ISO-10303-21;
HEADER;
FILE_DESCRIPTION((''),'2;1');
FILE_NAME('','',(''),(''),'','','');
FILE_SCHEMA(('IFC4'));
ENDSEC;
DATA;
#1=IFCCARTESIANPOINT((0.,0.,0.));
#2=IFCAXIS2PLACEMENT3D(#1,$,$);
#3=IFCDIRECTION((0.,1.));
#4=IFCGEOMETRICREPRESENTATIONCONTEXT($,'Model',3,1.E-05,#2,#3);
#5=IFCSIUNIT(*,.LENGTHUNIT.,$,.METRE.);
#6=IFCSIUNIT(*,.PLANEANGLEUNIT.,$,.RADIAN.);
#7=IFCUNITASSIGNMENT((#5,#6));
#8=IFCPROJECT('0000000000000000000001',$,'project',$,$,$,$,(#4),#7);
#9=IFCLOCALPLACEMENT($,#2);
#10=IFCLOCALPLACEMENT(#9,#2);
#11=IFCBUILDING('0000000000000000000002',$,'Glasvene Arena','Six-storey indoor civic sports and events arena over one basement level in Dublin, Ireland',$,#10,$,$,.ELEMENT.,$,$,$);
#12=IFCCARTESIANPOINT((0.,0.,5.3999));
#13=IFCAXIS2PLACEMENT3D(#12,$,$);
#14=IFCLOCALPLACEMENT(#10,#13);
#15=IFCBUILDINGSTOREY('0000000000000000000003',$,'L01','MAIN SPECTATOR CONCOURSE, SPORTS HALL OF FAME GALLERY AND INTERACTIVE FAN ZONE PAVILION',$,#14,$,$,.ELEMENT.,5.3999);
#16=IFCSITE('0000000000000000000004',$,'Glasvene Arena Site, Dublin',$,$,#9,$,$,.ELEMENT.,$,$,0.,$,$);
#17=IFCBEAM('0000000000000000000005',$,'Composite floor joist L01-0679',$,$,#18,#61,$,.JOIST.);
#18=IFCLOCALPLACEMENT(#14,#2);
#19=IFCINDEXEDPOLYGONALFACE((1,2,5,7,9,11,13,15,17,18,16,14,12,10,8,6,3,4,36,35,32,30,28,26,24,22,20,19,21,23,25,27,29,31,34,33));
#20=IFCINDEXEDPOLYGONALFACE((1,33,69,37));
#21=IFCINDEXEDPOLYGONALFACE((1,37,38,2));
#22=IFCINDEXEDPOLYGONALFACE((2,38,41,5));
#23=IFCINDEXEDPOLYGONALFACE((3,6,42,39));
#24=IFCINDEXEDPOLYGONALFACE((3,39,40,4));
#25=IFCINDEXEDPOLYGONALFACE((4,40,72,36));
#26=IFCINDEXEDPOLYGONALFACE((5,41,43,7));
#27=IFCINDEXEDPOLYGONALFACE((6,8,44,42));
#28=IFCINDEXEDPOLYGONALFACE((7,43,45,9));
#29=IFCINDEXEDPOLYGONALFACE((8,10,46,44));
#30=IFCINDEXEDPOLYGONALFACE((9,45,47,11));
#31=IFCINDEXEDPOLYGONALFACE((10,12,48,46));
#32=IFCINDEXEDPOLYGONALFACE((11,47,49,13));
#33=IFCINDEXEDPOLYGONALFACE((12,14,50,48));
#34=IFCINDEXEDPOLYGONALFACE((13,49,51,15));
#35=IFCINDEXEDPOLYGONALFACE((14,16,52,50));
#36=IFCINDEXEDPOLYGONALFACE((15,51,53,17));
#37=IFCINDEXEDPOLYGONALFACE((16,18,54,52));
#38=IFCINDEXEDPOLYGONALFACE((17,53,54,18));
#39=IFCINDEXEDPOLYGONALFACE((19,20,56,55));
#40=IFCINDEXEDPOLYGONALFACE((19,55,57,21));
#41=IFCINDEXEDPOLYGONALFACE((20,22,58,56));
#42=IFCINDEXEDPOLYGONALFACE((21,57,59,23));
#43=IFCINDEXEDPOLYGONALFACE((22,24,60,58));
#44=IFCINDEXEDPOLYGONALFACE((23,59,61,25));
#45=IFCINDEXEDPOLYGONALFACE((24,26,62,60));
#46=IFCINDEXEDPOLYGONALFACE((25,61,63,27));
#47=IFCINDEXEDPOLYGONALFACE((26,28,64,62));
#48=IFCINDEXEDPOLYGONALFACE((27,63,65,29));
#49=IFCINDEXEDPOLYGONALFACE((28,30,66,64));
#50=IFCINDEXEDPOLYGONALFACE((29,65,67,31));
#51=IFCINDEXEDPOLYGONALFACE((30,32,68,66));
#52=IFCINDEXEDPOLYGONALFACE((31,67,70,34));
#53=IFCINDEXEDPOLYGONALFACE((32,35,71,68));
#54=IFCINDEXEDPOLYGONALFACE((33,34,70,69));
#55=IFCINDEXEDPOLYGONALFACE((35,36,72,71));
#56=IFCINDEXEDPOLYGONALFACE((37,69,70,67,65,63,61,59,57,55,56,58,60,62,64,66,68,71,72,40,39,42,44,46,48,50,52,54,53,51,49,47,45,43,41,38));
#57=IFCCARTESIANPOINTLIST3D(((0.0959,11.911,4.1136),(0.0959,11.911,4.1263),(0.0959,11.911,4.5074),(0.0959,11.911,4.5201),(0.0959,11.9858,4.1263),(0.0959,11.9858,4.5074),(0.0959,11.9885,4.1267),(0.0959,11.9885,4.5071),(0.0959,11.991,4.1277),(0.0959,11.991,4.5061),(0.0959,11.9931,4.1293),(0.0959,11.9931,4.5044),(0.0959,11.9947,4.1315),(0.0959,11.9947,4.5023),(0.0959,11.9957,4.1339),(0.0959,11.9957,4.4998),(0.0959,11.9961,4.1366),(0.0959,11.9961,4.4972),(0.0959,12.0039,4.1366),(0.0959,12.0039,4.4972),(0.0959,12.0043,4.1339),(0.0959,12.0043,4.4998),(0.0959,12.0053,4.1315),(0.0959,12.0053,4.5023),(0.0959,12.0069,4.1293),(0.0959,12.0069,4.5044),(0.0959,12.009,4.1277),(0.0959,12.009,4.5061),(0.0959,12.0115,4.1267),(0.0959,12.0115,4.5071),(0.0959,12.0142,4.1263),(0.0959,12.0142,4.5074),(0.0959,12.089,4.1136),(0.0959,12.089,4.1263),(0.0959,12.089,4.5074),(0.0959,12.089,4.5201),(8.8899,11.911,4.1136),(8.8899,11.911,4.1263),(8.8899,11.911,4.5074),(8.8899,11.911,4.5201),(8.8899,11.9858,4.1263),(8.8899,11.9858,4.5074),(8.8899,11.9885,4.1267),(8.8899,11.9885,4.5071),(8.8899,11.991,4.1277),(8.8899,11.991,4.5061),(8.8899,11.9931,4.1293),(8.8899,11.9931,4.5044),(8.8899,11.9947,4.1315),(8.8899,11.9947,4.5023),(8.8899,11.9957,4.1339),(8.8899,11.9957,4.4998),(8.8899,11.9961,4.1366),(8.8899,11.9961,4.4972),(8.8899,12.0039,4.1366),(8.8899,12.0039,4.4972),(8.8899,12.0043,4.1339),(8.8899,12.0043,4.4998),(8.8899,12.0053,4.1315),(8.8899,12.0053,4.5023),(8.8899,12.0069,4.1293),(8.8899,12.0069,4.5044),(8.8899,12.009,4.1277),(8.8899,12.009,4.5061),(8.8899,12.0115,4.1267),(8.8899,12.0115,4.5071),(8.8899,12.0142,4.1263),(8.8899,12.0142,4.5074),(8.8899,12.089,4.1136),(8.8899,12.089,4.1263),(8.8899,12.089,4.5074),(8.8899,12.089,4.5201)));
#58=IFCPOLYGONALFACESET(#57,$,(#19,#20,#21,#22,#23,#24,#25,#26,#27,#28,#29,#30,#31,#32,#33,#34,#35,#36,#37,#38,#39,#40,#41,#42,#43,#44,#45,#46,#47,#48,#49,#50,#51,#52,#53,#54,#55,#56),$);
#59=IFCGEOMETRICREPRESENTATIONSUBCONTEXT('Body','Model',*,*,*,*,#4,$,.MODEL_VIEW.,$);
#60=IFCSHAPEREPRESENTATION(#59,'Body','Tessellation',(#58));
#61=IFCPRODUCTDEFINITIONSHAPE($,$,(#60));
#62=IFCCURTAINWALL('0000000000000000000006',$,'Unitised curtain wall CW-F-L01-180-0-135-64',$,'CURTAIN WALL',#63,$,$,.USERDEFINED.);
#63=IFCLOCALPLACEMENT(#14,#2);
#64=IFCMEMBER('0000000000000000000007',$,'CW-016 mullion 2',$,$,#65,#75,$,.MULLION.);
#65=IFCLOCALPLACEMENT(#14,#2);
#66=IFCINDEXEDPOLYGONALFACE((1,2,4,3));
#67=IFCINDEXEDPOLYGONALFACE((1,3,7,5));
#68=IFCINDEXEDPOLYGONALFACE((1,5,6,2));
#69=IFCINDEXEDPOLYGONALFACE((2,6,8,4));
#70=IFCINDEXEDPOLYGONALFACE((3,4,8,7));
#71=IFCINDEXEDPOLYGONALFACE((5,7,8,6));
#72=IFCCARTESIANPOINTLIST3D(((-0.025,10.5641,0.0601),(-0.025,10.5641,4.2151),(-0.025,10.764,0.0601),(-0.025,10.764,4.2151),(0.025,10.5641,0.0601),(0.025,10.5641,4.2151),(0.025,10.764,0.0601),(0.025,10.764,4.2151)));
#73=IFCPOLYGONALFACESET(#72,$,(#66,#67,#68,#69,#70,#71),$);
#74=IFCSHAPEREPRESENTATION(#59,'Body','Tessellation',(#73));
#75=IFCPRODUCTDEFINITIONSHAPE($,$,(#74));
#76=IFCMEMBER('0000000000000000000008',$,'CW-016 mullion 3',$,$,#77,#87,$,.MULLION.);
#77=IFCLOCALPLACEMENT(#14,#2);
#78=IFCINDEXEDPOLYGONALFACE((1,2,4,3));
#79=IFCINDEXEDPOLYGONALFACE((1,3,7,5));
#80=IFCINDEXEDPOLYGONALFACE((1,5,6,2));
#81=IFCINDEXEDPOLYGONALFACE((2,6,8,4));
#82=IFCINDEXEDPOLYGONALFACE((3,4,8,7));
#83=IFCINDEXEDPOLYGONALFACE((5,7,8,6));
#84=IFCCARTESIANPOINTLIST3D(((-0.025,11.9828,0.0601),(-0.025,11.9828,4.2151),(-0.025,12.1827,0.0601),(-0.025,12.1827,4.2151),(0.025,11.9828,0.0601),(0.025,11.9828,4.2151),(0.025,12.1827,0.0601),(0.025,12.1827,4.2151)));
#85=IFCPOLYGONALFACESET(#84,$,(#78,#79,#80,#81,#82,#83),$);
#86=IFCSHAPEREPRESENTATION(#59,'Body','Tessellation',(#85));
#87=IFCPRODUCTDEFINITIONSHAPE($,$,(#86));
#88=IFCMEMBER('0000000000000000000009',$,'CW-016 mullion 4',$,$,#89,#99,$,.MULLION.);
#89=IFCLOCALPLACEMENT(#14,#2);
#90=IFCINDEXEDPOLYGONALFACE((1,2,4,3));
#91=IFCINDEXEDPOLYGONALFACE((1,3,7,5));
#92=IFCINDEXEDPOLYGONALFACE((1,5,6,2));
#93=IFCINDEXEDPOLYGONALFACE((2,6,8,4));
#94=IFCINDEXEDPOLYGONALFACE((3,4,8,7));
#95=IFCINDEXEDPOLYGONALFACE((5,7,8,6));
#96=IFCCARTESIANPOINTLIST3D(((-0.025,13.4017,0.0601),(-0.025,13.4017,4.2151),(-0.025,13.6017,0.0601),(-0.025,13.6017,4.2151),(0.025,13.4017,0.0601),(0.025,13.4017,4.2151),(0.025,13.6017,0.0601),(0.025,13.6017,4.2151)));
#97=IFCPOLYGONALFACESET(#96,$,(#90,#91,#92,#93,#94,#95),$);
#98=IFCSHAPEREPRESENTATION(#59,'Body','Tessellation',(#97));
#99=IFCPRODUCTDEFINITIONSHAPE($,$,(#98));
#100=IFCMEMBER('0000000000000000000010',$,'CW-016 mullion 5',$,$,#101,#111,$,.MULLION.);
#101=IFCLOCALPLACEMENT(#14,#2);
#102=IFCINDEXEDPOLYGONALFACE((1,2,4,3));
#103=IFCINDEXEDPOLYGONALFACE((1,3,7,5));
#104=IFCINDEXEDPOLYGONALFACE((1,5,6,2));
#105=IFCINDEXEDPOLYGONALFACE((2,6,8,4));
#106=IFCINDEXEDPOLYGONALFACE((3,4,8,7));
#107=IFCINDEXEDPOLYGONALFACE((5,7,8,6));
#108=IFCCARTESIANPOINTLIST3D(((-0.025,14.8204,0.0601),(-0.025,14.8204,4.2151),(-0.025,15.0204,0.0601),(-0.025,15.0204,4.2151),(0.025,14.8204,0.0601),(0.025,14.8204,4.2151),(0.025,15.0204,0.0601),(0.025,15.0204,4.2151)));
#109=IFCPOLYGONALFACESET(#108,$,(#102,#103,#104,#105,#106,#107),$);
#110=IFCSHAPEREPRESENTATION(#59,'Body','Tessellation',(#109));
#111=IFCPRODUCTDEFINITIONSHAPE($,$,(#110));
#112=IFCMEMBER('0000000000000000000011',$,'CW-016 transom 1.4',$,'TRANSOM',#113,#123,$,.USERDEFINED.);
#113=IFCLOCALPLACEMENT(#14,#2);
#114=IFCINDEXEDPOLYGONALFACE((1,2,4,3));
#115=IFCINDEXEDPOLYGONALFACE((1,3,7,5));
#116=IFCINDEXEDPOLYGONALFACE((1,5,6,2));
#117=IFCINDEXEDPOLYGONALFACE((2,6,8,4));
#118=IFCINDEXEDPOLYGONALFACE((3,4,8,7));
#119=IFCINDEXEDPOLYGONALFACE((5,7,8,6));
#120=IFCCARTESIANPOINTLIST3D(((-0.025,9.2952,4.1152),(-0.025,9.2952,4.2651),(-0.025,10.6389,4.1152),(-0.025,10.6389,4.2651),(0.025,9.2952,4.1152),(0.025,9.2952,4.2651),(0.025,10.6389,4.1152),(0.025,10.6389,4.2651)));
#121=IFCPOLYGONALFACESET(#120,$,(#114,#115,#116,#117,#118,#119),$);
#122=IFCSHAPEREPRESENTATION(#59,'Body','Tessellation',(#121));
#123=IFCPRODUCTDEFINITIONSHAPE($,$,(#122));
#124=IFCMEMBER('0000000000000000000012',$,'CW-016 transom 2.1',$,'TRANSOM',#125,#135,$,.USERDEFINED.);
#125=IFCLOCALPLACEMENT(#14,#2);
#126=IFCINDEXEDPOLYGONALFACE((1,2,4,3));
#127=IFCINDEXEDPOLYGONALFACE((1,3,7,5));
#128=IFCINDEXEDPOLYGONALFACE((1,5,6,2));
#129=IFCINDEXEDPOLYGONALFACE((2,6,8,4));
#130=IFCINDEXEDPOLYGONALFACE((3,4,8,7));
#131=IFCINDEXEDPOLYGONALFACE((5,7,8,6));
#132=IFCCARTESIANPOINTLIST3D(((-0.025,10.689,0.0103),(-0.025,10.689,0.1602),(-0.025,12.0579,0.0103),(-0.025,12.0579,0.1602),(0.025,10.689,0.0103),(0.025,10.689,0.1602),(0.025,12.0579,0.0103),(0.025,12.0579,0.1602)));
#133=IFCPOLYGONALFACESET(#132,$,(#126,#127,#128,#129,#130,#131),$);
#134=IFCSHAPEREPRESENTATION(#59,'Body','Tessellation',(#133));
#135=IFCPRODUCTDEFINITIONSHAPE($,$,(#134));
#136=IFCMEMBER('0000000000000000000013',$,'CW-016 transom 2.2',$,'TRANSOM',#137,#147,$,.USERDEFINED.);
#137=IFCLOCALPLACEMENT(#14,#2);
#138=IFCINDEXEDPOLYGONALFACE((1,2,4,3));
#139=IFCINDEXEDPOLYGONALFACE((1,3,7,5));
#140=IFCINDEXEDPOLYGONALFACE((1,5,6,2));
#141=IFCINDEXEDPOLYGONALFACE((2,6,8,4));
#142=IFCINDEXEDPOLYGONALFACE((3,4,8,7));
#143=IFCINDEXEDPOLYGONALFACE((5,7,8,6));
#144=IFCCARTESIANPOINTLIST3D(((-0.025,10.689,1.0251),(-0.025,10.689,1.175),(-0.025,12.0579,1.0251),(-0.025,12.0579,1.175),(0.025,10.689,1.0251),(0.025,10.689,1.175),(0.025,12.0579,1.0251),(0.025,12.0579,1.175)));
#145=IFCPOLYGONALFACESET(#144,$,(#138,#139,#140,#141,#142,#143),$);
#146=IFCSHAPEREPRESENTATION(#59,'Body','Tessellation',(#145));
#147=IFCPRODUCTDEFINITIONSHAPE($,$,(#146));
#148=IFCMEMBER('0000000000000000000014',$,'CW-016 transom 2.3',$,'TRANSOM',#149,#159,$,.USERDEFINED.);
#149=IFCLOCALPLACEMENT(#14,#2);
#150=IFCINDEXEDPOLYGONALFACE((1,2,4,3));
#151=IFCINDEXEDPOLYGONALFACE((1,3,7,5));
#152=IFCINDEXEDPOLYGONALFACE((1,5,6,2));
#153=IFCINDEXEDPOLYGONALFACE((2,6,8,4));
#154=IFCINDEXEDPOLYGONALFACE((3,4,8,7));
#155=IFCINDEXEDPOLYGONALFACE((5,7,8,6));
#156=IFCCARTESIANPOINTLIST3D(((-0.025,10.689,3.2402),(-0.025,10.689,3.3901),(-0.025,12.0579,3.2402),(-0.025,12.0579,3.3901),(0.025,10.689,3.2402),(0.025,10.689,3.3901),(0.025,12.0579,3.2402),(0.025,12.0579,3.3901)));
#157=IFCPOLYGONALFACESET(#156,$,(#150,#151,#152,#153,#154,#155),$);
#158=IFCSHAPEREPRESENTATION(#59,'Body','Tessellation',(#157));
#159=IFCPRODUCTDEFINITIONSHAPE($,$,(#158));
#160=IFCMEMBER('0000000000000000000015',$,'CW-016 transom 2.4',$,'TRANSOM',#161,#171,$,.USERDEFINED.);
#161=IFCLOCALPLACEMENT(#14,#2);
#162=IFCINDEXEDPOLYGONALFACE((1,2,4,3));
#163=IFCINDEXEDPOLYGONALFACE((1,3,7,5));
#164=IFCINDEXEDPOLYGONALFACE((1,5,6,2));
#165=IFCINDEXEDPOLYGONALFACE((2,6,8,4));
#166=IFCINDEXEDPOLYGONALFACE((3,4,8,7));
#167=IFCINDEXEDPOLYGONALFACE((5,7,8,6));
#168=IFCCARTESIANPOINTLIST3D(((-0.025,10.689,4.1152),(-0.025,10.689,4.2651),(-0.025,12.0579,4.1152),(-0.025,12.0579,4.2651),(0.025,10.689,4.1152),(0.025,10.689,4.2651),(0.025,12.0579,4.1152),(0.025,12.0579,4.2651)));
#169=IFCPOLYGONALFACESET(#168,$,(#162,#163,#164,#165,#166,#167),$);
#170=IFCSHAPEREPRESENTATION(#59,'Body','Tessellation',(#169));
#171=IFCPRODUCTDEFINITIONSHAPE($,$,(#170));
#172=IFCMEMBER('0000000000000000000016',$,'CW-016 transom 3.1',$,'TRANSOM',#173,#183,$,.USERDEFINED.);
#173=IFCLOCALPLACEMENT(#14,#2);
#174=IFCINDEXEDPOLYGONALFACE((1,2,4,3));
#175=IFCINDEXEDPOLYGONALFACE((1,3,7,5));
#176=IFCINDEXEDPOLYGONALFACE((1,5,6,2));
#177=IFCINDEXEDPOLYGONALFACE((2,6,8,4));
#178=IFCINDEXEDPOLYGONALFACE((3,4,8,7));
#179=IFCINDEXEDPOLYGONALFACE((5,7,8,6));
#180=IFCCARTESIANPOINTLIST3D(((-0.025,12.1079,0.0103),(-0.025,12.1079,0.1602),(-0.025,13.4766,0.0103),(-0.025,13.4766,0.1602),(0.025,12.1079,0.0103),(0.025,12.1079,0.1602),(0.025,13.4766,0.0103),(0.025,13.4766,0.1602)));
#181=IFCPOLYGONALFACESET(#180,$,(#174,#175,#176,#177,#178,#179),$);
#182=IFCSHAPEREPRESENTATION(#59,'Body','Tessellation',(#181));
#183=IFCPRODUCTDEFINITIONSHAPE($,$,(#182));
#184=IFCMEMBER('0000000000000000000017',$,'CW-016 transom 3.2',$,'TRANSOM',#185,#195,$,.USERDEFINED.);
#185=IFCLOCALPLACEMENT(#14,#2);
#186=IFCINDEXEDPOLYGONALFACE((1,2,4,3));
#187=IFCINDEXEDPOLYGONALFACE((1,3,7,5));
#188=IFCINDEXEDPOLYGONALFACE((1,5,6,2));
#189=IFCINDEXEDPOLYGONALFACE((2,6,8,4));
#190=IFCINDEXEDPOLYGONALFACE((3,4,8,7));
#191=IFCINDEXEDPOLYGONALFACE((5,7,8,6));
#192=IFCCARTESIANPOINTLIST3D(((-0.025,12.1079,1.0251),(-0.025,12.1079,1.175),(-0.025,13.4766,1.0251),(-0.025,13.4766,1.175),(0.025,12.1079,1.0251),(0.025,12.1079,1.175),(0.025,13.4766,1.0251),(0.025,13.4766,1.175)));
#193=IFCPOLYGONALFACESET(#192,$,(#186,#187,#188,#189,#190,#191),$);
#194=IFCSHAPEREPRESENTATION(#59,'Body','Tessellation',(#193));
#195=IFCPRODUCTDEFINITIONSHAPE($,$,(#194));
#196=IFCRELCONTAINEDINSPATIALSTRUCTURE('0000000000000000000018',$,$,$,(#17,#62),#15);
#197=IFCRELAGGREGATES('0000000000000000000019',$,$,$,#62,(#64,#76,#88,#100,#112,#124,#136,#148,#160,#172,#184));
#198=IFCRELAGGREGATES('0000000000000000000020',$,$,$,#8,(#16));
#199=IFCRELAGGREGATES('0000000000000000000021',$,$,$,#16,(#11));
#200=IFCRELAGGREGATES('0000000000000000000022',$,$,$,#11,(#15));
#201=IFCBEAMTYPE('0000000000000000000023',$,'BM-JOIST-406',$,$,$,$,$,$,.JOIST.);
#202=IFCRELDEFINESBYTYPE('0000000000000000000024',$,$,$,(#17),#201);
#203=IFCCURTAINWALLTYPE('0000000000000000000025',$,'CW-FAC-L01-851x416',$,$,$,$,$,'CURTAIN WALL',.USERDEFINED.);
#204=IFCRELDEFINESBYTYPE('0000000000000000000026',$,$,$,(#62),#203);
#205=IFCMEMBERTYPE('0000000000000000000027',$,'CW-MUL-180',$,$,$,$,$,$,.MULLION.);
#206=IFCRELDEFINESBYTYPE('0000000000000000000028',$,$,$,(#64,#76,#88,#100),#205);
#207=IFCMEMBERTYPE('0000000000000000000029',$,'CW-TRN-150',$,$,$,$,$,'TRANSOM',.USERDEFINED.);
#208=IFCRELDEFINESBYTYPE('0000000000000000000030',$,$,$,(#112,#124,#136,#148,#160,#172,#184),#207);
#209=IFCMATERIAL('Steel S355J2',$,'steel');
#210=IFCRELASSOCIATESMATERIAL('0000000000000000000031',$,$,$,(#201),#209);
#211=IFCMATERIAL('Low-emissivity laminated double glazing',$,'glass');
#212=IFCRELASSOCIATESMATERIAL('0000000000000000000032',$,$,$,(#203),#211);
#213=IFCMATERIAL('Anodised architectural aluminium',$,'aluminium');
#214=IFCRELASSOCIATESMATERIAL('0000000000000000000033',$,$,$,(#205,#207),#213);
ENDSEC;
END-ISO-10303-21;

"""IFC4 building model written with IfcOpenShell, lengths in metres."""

from ifc_helpers import new_model, si_unit, direction, frame, origin, origin_2d, place, context, subcontext, project, spatial, rectangle, i_section, extrude, material, material_profile, profile_set, type_object, element, aggregate, save


model = new_model("IFC4")

# Units and contexts
model_context = context("Model", 3, precision=1e-05, world=origin(), true_north=direction((0.0, 1.0)))
body_context = subcontext(model_context, "Body", "Model", "MODEL_VIEW")
ifc_project = project(units=[si_unit("LENGTHUNIT", "METRE"), si_unit("PLANEANGLEUNIT", "RADIAN")], contexts=[model_context])

# Site, building, storey
site_placement = place(None, origin())
site = spatial("IfcSite", under=ifc_project, at=site_placement, Name="Glasvene Arena Site, Dublin", CompositionType="ELEMENT", RefElevation=0.0)
building_placement = place(site_placement, origin())
building = spatial("IfcBuilding", under=site, at=building_placement, Name="Glasvene Arena", Description="Six-storey indoor civic sports and events arena over one basement level in Dublin, Ireland", CompositionType="ELEMENT")
storey_placement = place(building_placement, frame((0.0, 0.0, 5.3999)))
storey = spatial("IfcBuildingStorey", under=building, at=storey_placement, Name="L01", Description="MAIN SPECTATOR CONCOURSE, SPORTS HALL OF FAME GALLERY AND INTERACTIVE FAN ZONE PAVILION", CompositionType="ELEMENT", Elevation=5.3999)

# Beam
ifc_material_1 = material(Name="Steel S355J2", Category="steel")
ifc_material_profile_1 = material_profile(ifc_material_1, i_section(OverallWidth=0.178, OverallDepth=0.4065, WebThickness=0.0078, FlangeThickness=0.0127, FilletRadius=0.0103, at=origin_2d()), Name="UKB 406x178x60")
ifc_profile_set_1 = profile_set([ifc_material_profile_1], Name="Steel S355J2")
beam_type = type_object("IfcBeamType", Name="BM-JOIST-406", PredefinedType="JOIST", material=ifc_profile_set_1)
beam_placement = place(storey_placement, frame((0.0959, 12.0, 4.3169), z_axis=(1.0, 0.0, 0.0), x_axis=(0.0, 1.0, 0.0)))
element("IfcBeam", 1, at=beam_placement, inside=storey, type_object=beam_type, Name="Composite floor joist L01-0679", PredefinedType="JOIST", context=body_context, shape_type="SweptSolid", body=[
    extrude(i_section(OverallWidth=0.178, OverallDepth=0.4065, WebThickness=0.0078, FlangeThickness=0.0127, FilletRadius=0.0103, at=origin_2d()), origin(), (0.0, 0.0, 1.0), 8.7939),
])

# Curtain wall, members
ifc_material_2 = material(Name="Low-emissivity laminated double glazing", Category="glass")
curtain_wall_type = type_object("IfcCurtainWallType", Name="CW-FAC-L01-851x416", ElementType="CURTAIN WALL", PredefinedType="USERDEFINED", material=ifc_material_2)
curtain_wall_placement = place(storey_placement, frame((0.0, 9.2451, 0.0)))
curtain_wall = element("IfcCurtainWall", 2, at=curtain_wall_placement, inside=storey, type_object=curtain_wall_type, Name="Unitised curtain wall CW-F-L01-180-0-135-64", ObjectType="CURTAIN WALL", PredefinedType="USERDEFINED")
ifc_material_3 = material(Name="Anodised architectural aluminium", Category="aluminium")
ifc_material_profile_2 = material_profile(ifc_material_3, rectangle(XDim=0.05, YDim=0.2, at=origin_2d()), Name="ALU MULLION 50x200")
ifc_profile_set_2 = profile_set([ifc_material_profile_2], Name="Anodised architectural aluminium")
member_type_1 = type_object("IfcMemberType", Name="CW-MUL-180", PredefinedType="MULLION", material=ifc_profile_set_2)
member_1_placement = place(storey_placement, frame((0.0, 10.6641, 0.0601), z_axis=(0.0, 0.0, 1.0), x_axis=(-1.0, 0.0, 0.0)))
member_1 = element("IfcMember", 3, at=member_1_placement, type_object=member_type_1, Name="CW-016 mullion 2", PredefinedType="MULLION", context=body_context, shape_type="SweptSolid", body=[
    extrude(rectangle(XDim=0.05, YDim=0.2, at=origin_2d()), origin(), (0.0, 0.0, 1.0), 4.155),
])
member_2_placement = place(storey_placement, frame((0.0, 12.0828, 0.0601), z_axis=(0.0, 0.0, 1.0), x_axis=(-1.0, 0.0, 0.0)))
member_2 = element("IfcMember", 4, at=member_2_placement, type_object=member_type_1, Name="CW-016 mullion 3", PredefinedType="MULLION", context=body_context, shape_type="SweptSolid", body=[
    extrude(rectangle(XDim=0.05, YDim=0.2, at=origin_2d()), origin(), (0.0, 0.0, 1.0), 4.155),
])
member_3_placement = place(storey_placement, frame((0.0, 13.5017, 0.0601), z_axis=(0.0, 0.0, 1.0), x_axis=(-1.0, 0.0, 0.0)))
member_3 = element("IfcMember", 5, at=member_3_placement, type_object=member_type_1, Name="CW-016 mullion 4", PredefinedType="MULLION", context=body_context, shape_type="SweptSolid", body=[
    extrude(rectangle(XDim=0.05, YDim=0.2, at=origin_2d()), origin(), (0.0, 0.0, 1.0), 4.155),
])
member_4_placement = place(storey_placement, frame((0.0, 14.9204, 0.0601), z_axis=(0.0, 0.0, 1.0), x_axis=(-1.0, 0.0, 0.0)))
member_4 = element("IfcMember", 6, at=member_4_placement, type_object=member_type_1, Name="CW-016 mullion 5", PredefinedType="MULLION", context=body_context, shape_type="SweptSolid", body=[
    extrude(rectangle(XDim=0.05, YDim=0.2, at=origin_2d()), origin(), (0.0, 0.0, 1.0), 4.155),
])
ifc_material_profile_3 = material_profile(ifc_material_3, rectangle(XDim=0.05, YDim=0.1499, at=origin_2d()), Name="ALU TRANSOM 50x150")
ifc_profile_set_3 = profile_set([ifc_material_profile_3], Name="Anodised architectural aluminium")
member_type_2 = type_object("IfcMemberType", Name="CW-TRN-150", ElementType="TRANSOM", PredefinedType="USERDEFINED", material=ifc_profile_set_3)
member_5_placement = place(storey_placement, frame((0.0, 9.2952, 4.1902), z_axis=(0.0, 1.0, 0.0), x_axis=(-1.0, 0.0, 0.0)))
member_5 = element("IfcMember", 7, at=member_5_placement, type_object=member_type_2, Name="CW-016 transom 1.4", ObjectType="TRANSOM", PredefinedType="USERDEFINED", context=body_context, shape_type="SweptSolid", body=[
    extrude(rectangle(XDim=0.05, YDim=0.1499, at=origin_2d()), origin(), (0.0, 0.0, 1.0), 1.3438),
])
member_6_placement = place(storey_placement, frame((0.0, 10.689, 0.0852), z_axis=(0.0, 1.0, 0.0), x_axis=(-1.0, 0.0, 0.0)))
member_6 = element("IfcMember", 8, at=member_6_placement, type_object=member_type_2, Name="CW-016 transom 2.1", ObjectType="TRANSOM", PredefinedType="USERDEFINED", context=body_context, shape_type="SweptSolid", body=[
    extrude(rectangle(XDim=0.05, YDim=0.1499, at=origin_2d()), origin(), (0.0, 0.0, 1.0), 1.3689),
])
member_7_placement = place(storey_placement, frame((0.0, 10.689, 1.1001), z_axis=(0.0, 1.0, 0.0), x_axis=(-1.0, 0.0, 0.0)))
member_7 = element("IfcMember", 9, at=member_7_placement, type_object=member_type_2, Name="CW-016 transom 2.2", ObjectType="TRANSOM", PredefinedType="USERDEFINED", context=body_context, shape_type="SweptSolid", body=[
    extrude(rectangle(XDim=0.05, YDim=0.1499, at=origin_2d()), origin(), (0.0, 0.0, 1.0), 1.3689),
])
member_8_placement = place(storey_placement, frame((0.0, 10.689, 3.3152), z_axis=(0.0, 1.0, 0.0), x_axis=(-1.0, 0.0, 0.0)))
member_8 = element("IfcMember", 10, at=member_8_placement, type_object=member_type_2, Name="CW-016 transom 2.3", ObjectType="TRANSOM", PredefinedType="USERDEFINED", context=body_context, shape_type="SweptSolid", body=[
    extrude(rectangle(XDim=0.05, YDim=0.1499, at=origin_2d()), origin(), (0.0, 0.0, 1.0), 1.3689),
])
member_9_placement = place(storey_placement, frame((0.0, 10.689, 4.1902), z_axis=(0.0, 1.0, 0.0), x_axis=(-1.0, 0.0, 0.0)))
member_9 = element("IfcMember", 11, at=member_9_placement, type_object=member_type_2, Name="CW-016 transom 2.4", ObjectType="TRANSOM", PredefinedType="USERDEFINED", context=body_context, shape_type="SweptSolid", body=[
    extrude(rectangle(XDim=0.05, YDim=0.1499, at=origin_2d()), origin(), (0.0, 0.0, 1.0), 1.3689),
])
member_10_placement = place(storey_placement, frame((0.0, 12.1079, 0.0852), z_axis=(0.0, 1.0, 0.0), x_axis=(-1.0, 0.0, 0.0)))
member_10 = element("IfcMember", 12, at=member_10_placement, type_object=member_type_2, Name="CW-016 transom 3.1", ObjectType="TRANSOM", PredefinedType="USERDEFINED", context=body_context, shape_type="SweptSolid", body=[
    extrude(rectangle(XDim=0.05, YDim=0.1499, at=origin_2d()), origin(), (0.0, 0.0, 1.0), 1.3687),
])
member_11_placement = place(storey_placement, frame((0.0, 12.1079, 1.1001), z_axis=(0.0, 1.0, 0.0), x_axis=(-1.0, 0.0, 0.0)))
member_11 = element("IfcMember", 13, at=member_11_placement, type_object=member_type_2, Name="CW-016 transom 3.2", ObjectType="TRANSOM", PredefinedType="USERDEFINED", context=body_context, shape_type="SweptSolid", body=[
    extrude(rectangle(XDim=0.05, YDim=0.1499, at=origin_2d()), origin(), (0.0, 0.0, 1.0), 1.3687),
])
aggregate(curtain_wall, [member_1, member_2, member_3, member_4, member_5, member_6, member_7, member_8, member_9, member_10, member_11])

save(model, "model.ifc")
